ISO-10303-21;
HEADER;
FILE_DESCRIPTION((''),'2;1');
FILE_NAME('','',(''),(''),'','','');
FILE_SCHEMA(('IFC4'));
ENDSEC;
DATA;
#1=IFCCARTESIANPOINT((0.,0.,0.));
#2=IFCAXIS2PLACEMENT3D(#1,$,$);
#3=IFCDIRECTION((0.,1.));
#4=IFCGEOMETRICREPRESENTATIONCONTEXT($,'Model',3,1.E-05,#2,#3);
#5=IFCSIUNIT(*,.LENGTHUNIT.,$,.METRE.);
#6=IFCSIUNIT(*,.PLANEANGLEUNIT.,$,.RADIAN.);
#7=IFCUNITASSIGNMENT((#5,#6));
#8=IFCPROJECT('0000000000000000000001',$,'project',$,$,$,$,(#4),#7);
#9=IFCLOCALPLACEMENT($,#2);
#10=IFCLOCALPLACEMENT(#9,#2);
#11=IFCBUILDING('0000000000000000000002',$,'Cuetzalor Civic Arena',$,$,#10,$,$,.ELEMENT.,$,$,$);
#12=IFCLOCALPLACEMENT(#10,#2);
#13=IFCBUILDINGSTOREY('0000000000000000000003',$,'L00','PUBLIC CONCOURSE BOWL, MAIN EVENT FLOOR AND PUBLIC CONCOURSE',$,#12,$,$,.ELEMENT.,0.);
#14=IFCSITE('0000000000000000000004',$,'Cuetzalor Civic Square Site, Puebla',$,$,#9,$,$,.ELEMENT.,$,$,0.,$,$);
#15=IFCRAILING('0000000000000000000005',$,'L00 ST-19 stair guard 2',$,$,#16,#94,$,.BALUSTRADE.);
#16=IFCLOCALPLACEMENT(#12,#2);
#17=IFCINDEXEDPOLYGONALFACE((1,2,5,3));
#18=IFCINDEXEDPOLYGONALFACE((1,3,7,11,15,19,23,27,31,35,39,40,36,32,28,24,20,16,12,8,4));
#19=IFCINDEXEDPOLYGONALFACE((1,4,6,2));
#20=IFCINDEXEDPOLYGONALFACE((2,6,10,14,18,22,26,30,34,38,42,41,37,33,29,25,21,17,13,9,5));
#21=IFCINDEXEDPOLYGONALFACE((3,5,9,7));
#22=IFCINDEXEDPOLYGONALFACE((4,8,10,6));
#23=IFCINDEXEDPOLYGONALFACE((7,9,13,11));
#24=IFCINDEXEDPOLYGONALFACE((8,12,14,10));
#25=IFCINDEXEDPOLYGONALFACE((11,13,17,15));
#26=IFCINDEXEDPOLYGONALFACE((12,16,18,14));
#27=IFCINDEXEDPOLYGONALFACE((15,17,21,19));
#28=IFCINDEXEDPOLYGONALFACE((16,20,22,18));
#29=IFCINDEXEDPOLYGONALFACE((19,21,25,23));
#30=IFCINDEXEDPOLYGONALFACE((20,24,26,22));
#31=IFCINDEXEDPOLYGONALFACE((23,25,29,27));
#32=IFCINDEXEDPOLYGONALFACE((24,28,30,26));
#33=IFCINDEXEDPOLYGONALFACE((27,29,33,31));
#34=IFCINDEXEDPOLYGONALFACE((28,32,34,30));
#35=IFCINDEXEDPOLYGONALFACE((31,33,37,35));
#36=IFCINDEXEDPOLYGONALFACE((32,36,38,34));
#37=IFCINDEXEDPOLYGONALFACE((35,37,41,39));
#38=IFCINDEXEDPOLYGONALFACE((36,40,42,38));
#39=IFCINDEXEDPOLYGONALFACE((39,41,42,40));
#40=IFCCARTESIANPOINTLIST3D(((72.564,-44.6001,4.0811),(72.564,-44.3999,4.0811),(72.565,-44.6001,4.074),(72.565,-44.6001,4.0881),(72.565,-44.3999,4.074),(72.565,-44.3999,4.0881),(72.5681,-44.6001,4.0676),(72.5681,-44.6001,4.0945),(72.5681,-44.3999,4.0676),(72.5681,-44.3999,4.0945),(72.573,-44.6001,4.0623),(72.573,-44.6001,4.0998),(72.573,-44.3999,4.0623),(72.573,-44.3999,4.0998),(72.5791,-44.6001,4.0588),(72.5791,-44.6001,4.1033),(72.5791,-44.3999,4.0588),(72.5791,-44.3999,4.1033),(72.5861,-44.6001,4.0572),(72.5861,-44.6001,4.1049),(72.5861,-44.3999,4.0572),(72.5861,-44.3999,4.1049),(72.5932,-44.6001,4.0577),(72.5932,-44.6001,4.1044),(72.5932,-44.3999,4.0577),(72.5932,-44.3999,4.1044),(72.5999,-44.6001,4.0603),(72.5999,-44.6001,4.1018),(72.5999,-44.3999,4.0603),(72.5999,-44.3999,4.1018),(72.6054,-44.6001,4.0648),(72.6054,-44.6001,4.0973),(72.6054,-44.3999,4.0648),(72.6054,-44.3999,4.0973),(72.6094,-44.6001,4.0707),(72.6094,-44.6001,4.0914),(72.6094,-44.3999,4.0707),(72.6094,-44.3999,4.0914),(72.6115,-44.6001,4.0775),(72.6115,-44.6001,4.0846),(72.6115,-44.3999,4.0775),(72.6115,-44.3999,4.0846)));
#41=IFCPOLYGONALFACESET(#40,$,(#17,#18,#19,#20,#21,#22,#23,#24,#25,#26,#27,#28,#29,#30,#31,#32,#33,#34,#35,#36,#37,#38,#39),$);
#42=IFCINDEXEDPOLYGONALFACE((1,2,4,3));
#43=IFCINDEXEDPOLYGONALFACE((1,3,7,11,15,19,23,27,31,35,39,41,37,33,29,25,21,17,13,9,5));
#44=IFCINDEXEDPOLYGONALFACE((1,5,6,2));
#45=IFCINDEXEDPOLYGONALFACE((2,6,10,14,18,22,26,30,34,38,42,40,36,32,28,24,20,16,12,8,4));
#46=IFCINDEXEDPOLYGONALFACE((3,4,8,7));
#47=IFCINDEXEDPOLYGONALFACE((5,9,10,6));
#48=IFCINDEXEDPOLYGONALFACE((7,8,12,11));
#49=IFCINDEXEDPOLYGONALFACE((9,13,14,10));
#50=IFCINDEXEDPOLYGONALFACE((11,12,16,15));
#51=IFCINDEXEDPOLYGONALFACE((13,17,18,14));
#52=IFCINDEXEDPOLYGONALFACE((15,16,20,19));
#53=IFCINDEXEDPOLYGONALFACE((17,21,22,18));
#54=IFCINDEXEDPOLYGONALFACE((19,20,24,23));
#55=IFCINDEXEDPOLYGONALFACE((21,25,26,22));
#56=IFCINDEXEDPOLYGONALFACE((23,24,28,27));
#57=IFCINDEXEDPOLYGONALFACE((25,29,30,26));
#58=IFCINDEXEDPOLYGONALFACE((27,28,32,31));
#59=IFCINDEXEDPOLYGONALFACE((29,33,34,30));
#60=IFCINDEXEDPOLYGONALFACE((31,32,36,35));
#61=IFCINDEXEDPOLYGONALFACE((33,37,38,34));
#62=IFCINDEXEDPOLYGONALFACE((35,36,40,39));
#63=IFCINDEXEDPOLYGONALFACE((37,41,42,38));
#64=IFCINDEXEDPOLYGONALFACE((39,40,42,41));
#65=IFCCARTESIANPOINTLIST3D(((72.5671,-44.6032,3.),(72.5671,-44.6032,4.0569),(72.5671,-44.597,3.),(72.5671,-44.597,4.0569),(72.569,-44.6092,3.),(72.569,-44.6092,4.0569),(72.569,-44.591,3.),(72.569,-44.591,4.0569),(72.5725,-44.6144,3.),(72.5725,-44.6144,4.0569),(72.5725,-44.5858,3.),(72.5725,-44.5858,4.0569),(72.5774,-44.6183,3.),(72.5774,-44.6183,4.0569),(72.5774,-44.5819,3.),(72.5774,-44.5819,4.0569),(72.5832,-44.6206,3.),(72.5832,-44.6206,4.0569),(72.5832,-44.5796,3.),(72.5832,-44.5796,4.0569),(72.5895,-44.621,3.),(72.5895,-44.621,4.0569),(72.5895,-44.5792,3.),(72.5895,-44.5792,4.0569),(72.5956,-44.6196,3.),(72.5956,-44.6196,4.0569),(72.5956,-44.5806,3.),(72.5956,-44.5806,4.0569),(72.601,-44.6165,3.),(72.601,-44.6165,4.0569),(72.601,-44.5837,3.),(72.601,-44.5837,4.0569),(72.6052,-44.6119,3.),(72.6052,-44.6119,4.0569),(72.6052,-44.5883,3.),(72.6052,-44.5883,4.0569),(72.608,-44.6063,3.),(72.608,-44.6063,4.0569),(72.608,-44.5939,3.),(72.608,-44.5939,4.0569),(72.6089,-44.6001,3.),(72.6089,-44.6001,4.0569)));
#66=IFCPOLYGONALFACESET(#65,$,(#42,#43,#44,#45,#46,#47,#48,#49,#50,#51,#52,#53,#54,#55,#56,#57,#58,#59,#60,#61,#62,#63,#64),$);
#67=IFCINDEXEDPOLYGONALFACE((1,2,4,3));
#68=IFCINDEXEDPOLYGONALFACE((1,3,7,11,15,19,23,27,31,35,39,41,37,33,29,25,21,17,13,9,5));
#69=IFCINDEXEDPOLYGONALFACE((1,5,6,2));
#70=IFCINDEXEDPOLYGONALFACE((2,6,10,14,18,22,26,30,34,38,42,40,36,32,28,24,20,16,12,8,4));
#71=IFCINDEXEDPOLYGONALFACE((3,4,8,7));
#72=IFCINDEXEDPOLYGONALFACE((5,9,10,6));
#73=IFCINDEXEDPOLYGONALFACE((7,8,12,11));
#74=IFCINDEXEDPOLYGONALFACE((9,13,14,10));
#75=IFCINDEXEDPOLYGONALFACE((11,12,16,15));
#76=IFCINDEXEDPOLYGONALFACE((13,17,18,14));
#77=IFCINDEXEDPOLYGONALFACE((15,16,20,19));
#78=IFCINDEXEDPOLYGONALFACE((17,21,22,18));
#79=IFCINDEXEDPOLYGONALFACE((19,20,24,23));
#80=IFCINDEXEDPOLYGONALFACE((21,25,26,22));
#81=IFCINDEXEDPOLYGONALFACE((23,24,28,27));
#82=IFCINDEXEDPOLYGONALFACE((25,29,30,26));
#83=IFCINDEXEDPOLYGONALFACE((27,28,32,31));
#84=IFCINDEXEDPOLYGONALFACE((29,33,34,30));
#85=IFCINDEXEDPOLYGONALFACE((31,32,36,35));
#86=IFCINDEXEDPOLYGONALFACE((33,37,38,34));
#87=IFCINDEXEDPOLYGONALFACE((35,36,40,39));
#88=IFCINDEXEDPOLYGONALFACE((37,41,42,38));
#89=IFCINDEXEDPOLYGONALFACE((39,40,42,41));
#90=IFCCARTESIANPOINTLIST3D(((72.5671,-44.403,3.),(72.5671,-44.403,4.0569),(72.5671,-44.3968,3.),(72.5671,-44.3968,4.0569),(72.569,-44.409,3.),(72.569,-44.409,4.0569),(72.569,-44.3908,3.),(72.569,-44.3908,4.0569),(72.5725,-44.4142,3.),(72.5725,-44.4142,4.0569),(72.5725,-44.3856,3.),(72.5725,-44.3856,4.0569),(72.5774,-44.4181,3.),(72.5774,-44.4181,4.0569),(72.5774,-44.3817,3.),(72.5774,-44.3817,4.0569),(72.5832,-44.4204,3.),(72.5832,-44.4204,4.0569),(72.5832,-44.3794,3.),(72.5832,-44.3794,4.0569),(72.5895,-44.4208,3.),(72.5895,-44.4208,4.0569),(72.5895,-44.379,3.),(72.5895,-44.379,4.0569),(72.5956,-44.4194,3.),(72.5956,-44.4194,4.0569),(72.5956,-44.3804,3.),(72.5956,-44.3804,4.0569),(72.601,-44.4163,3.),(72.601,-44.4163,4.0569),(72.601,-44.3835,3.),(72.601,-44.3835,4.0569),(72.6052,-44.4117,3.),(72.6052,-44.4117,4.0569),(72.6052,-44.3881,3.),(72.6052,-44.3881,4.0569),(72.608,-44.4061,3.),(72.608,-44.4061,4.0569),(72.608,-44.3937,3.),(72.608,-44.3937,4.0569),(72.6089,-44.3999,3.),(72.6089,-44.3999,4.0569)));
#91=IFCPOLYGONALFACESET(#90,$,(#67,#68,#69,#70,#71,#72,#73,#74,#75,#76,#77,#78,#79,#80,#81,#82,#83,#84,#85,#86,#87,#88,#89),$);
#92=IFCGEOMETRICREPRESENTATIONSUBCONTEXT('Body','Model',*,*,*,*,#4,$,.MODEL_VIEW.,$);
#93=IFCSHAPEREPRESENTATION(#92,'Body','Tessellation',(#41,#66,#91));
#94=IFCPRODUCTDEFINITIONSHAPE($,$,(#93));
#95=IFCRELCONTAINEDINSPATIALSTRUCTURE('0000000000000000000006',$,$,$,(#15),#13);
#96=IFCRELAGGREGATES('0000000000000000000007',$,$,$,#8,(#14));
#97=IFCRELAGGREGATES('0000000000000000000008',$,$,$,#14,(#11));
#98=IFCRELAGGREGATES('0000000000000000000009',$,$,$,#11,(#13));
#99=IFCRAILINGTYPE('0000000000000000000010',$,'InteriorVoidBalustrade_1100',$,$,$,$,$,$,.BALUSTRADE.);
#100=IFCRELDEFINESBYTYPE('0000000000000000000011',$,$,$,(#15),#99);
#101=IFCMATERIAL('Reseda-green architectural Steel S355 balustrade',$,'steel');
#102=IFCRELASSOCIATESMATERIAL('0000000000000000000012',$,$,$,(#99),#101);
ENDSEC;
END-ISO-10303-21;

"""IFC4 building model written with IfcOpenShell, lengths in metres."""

from ifc_helpers import new_model, si_unit, direction, frame, origin, origin_2d, place, context, subcontext, project, spatial, circle, extrude, material, type_object, element, save


model = new_model("IFC4")

# Units and contexts
model_context = context("Model", 3, precision=1e-05, world=origin(), true_north=direction((0.0, 1.0)))
body_context = subcontext(model_context, "Body", "Model", "MODEL_VIEW")
ifc_project = project(units=[si_unit("LENGTHUNIT", "METRE"), si_unit("PLANEANGLEUNIT", "RADIAN")], contexts=[model_context])

# Site, building, storey
site_placement = place(None, origin())
site = spatial("IfcSite", under=ifc_project, at=site_placement, Name="Cuetzalor Civic Square Site, Puebla", CompositionType="ELEMENT", RefElevation=0.0)
building_placement = place(site_placement, origin())
building = spatial("IfcBuilding", under=site, at=building_placement, Name="Cuetzalor Civic Arena", CompositionType="ELEMENT")
storey_placement = place(building_placement, origin())
storey = spatial("IfcBuildingStorey", under=building, at=storey_placement, Name="L00", Description="PUBLIC CONCOURSE BOWL, MAIN EVENT FLOOR AND PUBLIC CONCOURSE", CompositionType="ELEMENT", Elevation=0.0)

# Railing
ifc_material_1 = material(Name="Reseda-green architectural Steel S355 balustrade", Category="steel")
railing_type_1 = type_object("IfcRailingType", Name="InteriorVoidBalustrade_1100", PredefinedType="BALUSTRADE", material=ifc_material_1)
railing_1_placement = place(storey_placement, frame((72.5879, -44.6001, 3.0)))
element("IfcRailing", 1, at=railing_1_placement, inside=storey, type_object=railing_type_1, Name="L00 ST-19 stair guard 2", PredefinedType="BALUSTRADE", context=body_context, shape_type="SweptSolid", body=[
    extrude(circle(Radius=0.0239, at=origin_2d()), frame((0.0, 0.0, 1.0811), z_axis=(0.0, 1.0, 0.0), x_axis=(-1.0, 0.0, 0.0)), (0.0, 0.0, 1.0), 0.2002),
    extrude(circle(Radius=0.021, at=origin_2d()), origin(), (0.0, 0.0, 1.0), 1.0569),
    extrude(circle(Radius=0.021, at=origin_2d()), frame((0.0, 0.2002, 0.0)), (0.0, 0.0, 1.0), 1.0569),
])

save(model, "model.ifc")
